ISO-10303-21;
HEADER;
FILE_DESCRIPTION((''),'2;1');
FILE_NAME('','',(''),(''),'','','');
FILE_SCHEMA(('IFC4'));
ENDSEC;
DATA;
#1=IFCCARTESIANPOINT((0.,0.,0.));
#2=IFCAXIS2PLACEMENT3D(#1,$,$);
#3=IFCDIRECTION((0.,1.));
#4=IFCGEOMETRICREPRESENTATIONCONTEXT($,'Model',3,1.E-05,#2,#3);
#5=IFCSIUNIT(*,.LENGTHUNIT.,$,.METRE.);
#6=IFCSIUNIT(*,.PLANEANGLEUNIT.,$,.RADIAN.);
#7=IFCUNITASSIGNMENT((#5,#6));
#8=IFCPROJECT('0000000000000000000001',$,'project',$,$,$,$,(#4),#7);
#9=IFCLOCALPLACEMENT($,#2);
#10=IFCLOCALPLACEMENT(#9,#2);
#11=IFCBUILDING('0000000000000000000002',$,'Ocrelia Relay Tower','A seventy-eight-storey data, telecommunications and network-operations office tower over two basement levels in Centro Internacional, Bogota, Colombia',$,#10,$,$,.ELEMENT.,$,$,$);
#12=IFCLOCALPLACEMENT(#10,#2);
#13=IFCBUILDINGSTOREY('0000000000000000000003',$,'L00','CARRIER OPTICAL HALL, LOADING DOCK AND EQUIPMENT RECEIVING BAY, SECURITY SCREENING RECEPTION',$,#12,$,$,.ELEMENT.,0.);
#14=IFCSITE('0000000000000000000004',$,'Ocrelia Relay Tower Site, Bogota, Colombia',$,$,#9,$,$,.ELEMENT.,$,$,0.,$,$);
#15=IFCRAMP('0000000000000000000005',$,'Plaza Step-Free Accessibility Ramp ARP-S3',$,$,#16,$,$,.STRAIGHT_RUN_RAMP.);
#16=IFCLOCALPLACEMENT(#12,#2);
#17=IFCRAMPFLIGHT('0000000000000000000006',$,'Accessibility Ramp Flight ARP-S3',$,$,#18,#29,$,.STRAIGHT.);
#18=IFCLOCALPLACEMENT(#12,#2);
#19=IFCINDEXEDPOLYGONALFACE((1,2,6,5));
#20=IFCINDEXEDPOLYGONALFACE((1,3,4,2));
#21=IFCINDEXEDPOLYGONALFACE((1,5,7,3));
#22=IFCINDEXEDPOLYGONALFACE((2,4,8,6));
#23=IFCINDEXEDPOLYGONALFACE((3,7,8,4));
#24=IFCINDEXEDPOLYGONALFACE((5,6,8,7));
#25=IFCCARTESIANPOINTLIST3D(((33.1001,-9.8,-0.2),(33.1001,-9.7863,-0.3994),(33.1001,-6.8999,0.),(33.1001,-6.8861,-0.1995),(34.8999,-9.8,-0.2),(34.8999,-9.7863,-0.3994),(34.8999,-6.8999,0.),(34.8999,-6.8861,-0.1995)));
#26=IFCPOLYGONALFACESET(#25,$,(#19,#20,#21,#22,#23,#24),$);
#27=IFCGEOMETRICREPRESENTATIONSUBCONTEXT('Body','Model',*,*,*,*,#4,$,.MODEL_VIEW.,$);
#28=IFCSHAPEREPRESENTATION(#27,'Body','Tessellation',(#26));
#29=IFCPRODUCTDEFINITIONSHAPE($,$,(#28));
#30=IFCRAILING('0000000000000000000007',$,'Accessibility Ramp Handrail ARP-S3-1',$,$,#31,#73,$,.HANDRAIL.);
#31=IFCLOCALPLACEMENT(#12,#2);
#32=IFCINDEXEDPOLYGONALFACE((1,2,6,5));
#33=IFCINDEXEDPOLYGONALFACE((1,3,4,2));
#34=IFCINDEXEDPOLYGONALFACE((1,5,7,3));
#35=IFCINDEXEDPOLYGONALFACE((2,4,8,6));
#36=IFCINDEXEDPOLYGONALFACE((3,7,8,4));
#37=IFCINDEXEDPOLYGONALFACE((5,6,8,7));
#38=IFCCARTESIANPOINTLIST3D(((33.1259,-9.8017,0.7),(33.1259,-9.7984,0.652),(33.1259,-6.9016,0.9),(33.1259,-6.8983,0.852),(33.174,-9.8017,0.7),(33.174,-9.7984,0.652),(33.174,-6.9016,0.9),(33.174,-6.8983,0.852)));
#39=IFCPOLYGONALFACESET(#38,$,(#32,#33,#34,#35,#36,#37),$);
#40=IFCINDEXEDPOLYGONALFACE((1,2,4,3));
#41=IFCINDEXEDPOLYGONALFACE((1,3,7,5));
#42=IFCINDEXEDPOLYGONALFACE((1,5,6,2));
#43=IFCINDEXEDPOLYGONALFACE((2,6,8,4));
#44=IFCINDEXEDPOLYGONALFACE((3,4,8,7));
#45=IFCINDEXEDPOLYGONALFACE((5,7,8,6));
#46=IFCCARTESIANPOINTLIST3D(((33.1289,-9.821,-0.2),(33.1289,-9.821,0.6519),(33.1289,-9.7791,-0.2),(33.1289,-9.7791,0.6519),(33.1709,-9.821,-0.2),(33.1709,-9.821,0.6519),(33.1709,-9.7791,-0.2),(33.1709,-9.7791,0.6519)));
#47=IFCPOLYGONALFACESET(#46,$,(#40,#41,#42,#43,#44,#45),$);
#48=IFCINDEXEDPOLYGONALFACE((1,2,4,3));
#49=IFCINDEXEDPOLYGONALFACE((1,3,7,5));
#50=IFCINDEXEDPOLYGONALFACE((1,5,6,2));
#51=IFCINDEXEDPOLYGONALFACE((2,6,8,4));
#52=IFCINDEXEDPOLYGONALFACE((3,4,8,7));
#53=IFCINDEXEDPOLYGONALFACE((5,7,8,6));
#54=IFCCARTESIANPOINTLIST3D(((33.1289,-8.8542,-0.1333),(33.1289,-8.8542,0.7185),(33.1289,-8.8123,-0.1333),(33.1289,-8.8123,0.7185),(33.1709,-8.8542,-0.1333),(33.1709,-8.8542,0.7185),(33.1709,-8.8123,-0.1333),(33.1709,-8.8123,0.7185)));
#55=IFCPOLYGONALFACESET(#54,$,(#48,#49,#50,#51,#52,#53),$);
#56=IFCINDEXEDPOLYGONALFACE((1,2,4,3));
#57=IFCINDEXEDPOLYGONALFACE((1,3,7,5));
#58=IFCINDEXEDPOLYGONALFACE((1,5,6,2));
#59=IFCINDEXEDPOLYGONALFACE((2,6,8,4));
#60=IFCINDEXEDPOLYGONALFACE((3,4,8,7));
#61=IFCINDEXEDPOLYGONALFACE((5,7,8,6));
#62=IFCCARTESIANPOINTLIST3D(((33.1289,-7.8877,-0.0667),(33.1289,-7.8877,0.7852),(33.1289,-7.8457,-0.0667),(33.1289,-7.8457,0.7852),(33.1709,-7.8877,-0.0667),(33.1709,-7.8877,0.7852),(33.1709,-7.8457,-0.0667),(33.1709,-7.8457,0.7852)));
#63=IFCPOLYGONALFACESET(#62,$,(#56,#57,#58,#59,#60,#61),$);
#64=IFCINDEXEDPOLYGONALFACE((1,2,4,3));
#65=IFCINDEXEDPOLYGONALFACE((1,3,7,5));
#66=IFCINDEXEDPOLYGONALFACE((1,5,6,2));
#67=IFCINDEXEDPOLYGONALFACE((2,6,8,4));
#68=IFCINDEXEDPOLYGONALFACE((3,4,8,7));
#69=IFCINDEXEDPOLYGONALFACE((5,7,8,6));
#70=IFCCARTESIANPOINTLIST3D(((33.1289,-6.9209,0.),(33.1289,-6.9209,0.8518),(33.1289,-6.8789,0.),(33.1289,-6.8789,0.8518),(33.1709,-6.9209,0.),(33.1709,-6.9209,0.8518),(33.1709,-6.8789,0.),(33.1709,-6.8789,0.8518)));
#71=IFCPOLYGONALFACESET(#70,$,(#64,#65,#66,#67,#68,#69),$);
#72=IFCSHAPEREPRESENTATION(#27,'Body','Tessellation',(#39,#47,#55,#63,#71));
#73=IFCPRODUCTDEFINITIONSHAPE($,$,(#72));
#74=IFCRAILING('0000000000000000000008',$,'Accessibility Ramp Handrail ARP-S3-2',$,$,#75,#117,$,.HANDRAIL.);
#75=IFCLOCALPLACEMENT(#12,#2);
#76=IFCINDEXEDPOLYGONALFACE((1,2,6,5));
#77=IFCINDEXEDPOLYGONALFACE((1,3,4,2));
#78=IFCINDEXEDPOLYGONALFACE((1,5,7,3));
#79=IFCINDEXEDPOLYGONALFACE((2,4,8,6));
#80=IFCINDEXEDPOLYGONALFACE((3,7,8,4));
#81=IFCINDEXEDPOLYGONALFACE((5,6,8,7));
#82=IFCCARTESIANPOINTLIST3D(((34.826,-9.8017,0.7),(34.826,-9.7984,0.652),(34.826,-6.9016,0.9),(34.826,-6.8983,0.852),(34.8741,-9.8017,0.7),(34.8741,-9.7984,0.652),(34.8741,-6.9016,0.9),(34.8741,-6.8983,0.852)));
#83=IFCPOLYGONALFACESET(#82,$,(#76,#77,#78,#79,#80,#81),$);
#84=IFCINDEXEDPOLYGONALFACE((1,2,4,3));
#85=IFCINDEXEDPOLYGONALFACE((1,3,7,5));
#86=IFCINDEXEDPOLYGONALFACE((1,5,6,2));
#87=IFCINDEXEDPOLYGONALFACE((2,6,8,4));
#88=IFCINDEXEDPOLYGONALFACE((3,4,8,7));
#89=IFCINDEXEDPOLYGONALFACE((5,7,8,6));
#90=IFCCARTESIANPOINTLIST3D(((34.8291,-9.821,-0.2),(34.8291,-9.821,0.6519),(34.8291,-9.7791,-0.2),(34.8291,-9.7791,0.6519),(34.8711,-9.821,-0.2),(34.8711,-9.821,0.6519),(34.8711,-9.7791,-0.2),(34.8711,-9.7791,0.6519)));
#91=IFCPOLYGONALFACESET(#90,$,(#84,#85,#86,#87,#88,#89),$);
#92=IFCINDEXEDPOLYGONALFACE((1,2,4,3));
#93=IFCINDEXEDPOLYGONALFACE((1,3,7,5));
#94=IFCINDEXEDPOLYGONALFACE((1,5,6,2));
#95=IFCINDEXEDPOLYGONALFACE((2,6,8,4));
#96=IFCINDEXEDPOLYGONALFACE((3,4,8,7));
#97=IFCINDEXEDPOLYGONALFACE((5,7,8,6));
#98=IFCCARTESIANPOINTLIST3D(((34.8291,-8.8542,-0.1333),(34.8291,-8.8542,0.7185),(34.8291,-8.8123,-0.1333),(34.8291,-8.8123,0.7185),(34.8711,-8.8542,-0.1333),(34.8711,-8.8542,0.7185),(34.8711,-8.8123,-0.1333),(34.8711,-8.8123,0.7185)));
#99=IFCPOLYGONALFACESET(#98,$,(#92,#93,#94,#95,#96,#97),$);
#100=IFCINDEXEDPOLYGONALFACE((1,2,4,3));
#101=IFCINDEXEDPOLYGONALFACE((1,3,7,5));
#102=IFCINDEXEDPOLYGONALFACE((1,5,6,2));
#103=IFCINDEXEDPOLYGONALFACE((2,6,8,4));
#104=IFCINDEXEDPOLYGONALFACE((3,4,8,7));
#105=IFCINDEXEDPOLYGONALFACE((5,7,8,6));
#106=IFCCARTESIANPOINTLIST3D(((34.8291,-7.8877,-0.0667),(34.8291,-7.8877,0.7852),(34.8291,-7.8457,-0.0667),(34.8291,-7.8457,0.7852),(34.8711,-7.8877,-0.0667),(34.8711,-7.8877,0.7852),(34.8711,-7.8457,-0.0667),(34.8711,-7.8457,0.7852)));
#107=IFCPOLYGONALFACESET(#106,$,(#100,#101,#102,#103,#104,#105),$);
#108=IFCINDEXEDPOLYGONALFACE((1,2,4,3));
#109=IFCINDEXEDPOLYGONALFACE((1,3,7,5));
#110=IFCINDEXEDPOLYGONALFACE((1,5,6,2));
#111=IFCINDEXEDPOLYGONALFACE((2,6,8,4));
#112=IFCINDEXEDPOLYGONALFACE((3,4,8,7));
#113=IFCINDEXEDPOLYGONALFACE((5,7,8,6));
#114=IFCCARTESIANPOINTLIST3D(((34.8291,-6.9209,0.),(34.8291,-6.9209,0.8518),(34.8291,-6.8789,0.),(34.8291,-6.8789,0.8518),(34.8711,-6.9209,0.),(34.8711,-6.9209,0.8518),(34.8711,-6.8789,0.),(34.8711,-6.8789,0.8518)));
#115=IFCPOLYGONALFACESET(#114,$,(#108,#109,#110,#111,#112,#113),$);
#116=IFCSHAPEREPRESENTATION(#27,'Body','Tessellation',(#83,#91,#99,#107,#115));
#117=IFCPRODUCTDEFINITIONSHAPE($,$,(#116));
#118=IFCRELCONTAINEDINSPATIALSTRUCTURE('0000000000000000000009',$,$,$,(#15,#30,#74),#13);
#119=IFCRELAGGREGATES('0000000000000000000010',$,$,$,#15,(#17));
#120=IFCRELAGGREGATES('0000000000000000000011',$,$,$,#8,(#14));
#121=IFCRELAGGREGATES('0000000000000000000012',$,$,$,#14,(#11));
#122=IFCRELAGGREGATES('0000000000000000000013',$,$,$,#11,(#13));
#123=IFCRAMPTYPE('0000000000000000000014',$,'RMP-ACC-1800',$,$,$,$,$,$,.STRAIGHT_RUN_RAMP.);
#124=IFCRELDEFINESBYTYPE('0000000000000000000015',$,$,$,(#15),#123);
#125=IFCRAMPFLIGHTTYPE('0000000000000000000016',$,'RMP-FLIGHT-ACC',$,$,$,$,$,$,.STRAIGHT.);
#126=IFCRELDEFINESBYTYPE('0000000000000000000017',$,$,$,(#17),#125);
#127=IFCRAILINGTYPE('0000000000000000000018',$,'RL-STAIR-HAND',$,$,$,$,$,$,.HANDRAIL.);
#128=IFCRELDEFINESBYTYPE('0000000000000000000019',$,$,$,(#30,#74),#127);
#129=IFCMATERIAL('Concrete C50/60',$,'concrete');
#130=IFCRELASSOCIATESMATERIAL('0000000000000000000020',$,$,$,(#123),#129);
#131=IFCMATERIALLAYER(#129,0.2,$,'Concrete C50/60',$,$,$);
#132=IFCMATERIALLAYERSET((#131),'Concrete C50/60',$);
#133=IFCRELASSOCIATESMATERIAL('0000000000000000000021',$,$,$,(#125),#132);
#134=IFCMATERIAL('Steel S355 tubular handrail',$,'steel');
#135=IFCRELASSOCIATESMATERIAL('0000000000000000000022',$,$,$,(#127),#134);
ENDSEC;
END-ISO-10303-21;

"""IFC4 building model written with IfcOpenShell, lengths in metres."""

from ifc_helpers import new_model, si_unit, direction, frame, origin, origin_2d, place, context, subcontext, project, spatial, polyline, rectangle, outline, extrude, material, layer, layer_set, type_object, element, aggregate, save


model = new_model("IFC4")

# Units and contexts
model_context = context("Model", 3, precision=1e-05, world=origin(), true_north=direction((0.0, 1.0)))
body_context = subcontext(model_context, "Body", "Model", "MODEL_VIEW")
ifc_project = project(units=[si_unit("LENGTHUNIT", "METRE"), si_unit("PLANEANGLEUNIT", "RADIAN")], contexts=[model_context])

# Site, building, storey
site_placement = place(None, origin())
site = spatial("IfcSite", under=ifc_project, at=site_placement, Name="Ocrelia Relay Tower Site, Bogota, Colombia", CompositionType="ELEMENT", RefElevation=0.0)
building_placement = place(site_placement, origin())
building = spatial("IfcBuilding", under=site, at=building_placement, Name="Ocrelia Relay Tower", Description="A seventy-eight-storey data, telecommunications and network-operations office tower over two basement levels in Centro Internacional, Bogota, Colombia", CompositionType="ELEMENT")
storey_placement = place(building_placement, origin())
storey = spatial("IfcBuildingStorey", under=building, at=storey_placement, Name="L00", Description="CARRIER OPTICAL HALL, LOADING DOCK AND EQUIPMENT RECEIVING BAY, SECURITY SCREENING RECEPTION", CompositionType="ELEMENT", Elevation=0.0)

# Shared definitions
ifc_material_1 = material(Name="Concrete C50/60", Category="concrete")

# Ramp, ramp flight
ramp_type = type_object("IfcRampType", Name="RMP-ACC-1800", PredefinedType="STRAIGHT_RUN_RAMP", material=ifc_material_1)
ramp_placement = place(storey_placement, origin())
ramp = element("IfcRamp", 1, at=ramp_placement, inside=storey, type_object=ramp_type, Name="Plaza Step-Free Accessibility Ramp ARP-S3", PredefinedType="STRAIGHT_RUN_RAMP")
ifc_layer_1 = layer(ifc_material_1, 0.2, Name="Concrete C50/60")
ifc_layer_set_1 = layer_set([ifc_layer_1], Name="Concrete C50/60")
ramp_flight_type = type_object("IfcRampFlightType", Name="RMP-FLIGHT-ACC", PredefinedType="STRAIGHT", material=ifc_layer_set_1)
ramp_flight_placement = place(storey_placement, frame((33.1001, -9.8, -0.2), z_axis=(0.0, -0.068782, 0.997632), x_axis=(1.0, 0.0, 0.0)))
ramp_flight = element("IfcRampFlight", 2, at=ramp_flight_placement, type_object=ramp_flight_type, Name="Accessibility Ramp Flight ARP-S3", PredefinedType="STRAIGHT", context=body_context, shape_type="SweptSolid", body=[
    extrude(outline(polyline([(0.0, 0.0), (1.7998, 0.0), (1.7998, 2.907), (0.0, 2.907), (0.0, 0.0)])), origin(), (0.0, 0.0, -1.0), 0.2),
])
aggregate(ramp, [ramp_flight])

# Railings
ifc_material_2 = material(Name="Steel S355 tubular handrail", Category="steel")
railing_type = type_object("IfcRailingType", Name="RL-STAIR-HAND", PredefinedType="HANDRAIL", material=ifc_material_2)
for number, where, name in (
    (3, (33.1499, -9.8, -0.2), "Accessibility Ramp Handrail ARP-S3-1"),
    (4, (34.8501, -9.8, -0.2), "Accessibility Ramp Handrail ARP-S3-2"),
):
    element("IfcRailing", number, at=place(storey_placement, frame(where)), inside=storey, type_object=railing_type, Name=name, PredefinedType="HANDRAIL", context=body_context, shape_type="SweptSolid", body=[
        extrude(rectangle(XDim=0.0481, YDim=0.0481, at=origin_2d()), frame((0.0, 0.0, 0.876), z_axis=(0.0, 0.997632, 0.068782), x_axis=(-1.0, 0.0, 0.0)), (0.0, 0.0, 1.0), 2.907),
        extrude(rectangle(XDim=0.042, YDim=0.042, at=origin_2d()), origin(), (0.0, 0.0, 1.0), 0.8518),
        extrude(rectangle(XDim=0.042, YDim=0.042, at=origin_2d()), frame((0.0, 0.9668, 0.0667)), (0.0, 0.0, 1.0), 0.8518),
        extrude(rectangle(XDim=0.042, YDim=0.042, at=origin_2d()), frame((0.0, 1.9333, 0.1333)), (0.0, 0.0, 1.0), 0.8518),
        extrude(rectangle(XDim=0.042, YDim=0.042, at=origin_2d()), frame((0.0, 2.9001, 0.2)), (0.0, 0.0, 1.0), 0.8518),
    ])

save(model, "model.ifc")
